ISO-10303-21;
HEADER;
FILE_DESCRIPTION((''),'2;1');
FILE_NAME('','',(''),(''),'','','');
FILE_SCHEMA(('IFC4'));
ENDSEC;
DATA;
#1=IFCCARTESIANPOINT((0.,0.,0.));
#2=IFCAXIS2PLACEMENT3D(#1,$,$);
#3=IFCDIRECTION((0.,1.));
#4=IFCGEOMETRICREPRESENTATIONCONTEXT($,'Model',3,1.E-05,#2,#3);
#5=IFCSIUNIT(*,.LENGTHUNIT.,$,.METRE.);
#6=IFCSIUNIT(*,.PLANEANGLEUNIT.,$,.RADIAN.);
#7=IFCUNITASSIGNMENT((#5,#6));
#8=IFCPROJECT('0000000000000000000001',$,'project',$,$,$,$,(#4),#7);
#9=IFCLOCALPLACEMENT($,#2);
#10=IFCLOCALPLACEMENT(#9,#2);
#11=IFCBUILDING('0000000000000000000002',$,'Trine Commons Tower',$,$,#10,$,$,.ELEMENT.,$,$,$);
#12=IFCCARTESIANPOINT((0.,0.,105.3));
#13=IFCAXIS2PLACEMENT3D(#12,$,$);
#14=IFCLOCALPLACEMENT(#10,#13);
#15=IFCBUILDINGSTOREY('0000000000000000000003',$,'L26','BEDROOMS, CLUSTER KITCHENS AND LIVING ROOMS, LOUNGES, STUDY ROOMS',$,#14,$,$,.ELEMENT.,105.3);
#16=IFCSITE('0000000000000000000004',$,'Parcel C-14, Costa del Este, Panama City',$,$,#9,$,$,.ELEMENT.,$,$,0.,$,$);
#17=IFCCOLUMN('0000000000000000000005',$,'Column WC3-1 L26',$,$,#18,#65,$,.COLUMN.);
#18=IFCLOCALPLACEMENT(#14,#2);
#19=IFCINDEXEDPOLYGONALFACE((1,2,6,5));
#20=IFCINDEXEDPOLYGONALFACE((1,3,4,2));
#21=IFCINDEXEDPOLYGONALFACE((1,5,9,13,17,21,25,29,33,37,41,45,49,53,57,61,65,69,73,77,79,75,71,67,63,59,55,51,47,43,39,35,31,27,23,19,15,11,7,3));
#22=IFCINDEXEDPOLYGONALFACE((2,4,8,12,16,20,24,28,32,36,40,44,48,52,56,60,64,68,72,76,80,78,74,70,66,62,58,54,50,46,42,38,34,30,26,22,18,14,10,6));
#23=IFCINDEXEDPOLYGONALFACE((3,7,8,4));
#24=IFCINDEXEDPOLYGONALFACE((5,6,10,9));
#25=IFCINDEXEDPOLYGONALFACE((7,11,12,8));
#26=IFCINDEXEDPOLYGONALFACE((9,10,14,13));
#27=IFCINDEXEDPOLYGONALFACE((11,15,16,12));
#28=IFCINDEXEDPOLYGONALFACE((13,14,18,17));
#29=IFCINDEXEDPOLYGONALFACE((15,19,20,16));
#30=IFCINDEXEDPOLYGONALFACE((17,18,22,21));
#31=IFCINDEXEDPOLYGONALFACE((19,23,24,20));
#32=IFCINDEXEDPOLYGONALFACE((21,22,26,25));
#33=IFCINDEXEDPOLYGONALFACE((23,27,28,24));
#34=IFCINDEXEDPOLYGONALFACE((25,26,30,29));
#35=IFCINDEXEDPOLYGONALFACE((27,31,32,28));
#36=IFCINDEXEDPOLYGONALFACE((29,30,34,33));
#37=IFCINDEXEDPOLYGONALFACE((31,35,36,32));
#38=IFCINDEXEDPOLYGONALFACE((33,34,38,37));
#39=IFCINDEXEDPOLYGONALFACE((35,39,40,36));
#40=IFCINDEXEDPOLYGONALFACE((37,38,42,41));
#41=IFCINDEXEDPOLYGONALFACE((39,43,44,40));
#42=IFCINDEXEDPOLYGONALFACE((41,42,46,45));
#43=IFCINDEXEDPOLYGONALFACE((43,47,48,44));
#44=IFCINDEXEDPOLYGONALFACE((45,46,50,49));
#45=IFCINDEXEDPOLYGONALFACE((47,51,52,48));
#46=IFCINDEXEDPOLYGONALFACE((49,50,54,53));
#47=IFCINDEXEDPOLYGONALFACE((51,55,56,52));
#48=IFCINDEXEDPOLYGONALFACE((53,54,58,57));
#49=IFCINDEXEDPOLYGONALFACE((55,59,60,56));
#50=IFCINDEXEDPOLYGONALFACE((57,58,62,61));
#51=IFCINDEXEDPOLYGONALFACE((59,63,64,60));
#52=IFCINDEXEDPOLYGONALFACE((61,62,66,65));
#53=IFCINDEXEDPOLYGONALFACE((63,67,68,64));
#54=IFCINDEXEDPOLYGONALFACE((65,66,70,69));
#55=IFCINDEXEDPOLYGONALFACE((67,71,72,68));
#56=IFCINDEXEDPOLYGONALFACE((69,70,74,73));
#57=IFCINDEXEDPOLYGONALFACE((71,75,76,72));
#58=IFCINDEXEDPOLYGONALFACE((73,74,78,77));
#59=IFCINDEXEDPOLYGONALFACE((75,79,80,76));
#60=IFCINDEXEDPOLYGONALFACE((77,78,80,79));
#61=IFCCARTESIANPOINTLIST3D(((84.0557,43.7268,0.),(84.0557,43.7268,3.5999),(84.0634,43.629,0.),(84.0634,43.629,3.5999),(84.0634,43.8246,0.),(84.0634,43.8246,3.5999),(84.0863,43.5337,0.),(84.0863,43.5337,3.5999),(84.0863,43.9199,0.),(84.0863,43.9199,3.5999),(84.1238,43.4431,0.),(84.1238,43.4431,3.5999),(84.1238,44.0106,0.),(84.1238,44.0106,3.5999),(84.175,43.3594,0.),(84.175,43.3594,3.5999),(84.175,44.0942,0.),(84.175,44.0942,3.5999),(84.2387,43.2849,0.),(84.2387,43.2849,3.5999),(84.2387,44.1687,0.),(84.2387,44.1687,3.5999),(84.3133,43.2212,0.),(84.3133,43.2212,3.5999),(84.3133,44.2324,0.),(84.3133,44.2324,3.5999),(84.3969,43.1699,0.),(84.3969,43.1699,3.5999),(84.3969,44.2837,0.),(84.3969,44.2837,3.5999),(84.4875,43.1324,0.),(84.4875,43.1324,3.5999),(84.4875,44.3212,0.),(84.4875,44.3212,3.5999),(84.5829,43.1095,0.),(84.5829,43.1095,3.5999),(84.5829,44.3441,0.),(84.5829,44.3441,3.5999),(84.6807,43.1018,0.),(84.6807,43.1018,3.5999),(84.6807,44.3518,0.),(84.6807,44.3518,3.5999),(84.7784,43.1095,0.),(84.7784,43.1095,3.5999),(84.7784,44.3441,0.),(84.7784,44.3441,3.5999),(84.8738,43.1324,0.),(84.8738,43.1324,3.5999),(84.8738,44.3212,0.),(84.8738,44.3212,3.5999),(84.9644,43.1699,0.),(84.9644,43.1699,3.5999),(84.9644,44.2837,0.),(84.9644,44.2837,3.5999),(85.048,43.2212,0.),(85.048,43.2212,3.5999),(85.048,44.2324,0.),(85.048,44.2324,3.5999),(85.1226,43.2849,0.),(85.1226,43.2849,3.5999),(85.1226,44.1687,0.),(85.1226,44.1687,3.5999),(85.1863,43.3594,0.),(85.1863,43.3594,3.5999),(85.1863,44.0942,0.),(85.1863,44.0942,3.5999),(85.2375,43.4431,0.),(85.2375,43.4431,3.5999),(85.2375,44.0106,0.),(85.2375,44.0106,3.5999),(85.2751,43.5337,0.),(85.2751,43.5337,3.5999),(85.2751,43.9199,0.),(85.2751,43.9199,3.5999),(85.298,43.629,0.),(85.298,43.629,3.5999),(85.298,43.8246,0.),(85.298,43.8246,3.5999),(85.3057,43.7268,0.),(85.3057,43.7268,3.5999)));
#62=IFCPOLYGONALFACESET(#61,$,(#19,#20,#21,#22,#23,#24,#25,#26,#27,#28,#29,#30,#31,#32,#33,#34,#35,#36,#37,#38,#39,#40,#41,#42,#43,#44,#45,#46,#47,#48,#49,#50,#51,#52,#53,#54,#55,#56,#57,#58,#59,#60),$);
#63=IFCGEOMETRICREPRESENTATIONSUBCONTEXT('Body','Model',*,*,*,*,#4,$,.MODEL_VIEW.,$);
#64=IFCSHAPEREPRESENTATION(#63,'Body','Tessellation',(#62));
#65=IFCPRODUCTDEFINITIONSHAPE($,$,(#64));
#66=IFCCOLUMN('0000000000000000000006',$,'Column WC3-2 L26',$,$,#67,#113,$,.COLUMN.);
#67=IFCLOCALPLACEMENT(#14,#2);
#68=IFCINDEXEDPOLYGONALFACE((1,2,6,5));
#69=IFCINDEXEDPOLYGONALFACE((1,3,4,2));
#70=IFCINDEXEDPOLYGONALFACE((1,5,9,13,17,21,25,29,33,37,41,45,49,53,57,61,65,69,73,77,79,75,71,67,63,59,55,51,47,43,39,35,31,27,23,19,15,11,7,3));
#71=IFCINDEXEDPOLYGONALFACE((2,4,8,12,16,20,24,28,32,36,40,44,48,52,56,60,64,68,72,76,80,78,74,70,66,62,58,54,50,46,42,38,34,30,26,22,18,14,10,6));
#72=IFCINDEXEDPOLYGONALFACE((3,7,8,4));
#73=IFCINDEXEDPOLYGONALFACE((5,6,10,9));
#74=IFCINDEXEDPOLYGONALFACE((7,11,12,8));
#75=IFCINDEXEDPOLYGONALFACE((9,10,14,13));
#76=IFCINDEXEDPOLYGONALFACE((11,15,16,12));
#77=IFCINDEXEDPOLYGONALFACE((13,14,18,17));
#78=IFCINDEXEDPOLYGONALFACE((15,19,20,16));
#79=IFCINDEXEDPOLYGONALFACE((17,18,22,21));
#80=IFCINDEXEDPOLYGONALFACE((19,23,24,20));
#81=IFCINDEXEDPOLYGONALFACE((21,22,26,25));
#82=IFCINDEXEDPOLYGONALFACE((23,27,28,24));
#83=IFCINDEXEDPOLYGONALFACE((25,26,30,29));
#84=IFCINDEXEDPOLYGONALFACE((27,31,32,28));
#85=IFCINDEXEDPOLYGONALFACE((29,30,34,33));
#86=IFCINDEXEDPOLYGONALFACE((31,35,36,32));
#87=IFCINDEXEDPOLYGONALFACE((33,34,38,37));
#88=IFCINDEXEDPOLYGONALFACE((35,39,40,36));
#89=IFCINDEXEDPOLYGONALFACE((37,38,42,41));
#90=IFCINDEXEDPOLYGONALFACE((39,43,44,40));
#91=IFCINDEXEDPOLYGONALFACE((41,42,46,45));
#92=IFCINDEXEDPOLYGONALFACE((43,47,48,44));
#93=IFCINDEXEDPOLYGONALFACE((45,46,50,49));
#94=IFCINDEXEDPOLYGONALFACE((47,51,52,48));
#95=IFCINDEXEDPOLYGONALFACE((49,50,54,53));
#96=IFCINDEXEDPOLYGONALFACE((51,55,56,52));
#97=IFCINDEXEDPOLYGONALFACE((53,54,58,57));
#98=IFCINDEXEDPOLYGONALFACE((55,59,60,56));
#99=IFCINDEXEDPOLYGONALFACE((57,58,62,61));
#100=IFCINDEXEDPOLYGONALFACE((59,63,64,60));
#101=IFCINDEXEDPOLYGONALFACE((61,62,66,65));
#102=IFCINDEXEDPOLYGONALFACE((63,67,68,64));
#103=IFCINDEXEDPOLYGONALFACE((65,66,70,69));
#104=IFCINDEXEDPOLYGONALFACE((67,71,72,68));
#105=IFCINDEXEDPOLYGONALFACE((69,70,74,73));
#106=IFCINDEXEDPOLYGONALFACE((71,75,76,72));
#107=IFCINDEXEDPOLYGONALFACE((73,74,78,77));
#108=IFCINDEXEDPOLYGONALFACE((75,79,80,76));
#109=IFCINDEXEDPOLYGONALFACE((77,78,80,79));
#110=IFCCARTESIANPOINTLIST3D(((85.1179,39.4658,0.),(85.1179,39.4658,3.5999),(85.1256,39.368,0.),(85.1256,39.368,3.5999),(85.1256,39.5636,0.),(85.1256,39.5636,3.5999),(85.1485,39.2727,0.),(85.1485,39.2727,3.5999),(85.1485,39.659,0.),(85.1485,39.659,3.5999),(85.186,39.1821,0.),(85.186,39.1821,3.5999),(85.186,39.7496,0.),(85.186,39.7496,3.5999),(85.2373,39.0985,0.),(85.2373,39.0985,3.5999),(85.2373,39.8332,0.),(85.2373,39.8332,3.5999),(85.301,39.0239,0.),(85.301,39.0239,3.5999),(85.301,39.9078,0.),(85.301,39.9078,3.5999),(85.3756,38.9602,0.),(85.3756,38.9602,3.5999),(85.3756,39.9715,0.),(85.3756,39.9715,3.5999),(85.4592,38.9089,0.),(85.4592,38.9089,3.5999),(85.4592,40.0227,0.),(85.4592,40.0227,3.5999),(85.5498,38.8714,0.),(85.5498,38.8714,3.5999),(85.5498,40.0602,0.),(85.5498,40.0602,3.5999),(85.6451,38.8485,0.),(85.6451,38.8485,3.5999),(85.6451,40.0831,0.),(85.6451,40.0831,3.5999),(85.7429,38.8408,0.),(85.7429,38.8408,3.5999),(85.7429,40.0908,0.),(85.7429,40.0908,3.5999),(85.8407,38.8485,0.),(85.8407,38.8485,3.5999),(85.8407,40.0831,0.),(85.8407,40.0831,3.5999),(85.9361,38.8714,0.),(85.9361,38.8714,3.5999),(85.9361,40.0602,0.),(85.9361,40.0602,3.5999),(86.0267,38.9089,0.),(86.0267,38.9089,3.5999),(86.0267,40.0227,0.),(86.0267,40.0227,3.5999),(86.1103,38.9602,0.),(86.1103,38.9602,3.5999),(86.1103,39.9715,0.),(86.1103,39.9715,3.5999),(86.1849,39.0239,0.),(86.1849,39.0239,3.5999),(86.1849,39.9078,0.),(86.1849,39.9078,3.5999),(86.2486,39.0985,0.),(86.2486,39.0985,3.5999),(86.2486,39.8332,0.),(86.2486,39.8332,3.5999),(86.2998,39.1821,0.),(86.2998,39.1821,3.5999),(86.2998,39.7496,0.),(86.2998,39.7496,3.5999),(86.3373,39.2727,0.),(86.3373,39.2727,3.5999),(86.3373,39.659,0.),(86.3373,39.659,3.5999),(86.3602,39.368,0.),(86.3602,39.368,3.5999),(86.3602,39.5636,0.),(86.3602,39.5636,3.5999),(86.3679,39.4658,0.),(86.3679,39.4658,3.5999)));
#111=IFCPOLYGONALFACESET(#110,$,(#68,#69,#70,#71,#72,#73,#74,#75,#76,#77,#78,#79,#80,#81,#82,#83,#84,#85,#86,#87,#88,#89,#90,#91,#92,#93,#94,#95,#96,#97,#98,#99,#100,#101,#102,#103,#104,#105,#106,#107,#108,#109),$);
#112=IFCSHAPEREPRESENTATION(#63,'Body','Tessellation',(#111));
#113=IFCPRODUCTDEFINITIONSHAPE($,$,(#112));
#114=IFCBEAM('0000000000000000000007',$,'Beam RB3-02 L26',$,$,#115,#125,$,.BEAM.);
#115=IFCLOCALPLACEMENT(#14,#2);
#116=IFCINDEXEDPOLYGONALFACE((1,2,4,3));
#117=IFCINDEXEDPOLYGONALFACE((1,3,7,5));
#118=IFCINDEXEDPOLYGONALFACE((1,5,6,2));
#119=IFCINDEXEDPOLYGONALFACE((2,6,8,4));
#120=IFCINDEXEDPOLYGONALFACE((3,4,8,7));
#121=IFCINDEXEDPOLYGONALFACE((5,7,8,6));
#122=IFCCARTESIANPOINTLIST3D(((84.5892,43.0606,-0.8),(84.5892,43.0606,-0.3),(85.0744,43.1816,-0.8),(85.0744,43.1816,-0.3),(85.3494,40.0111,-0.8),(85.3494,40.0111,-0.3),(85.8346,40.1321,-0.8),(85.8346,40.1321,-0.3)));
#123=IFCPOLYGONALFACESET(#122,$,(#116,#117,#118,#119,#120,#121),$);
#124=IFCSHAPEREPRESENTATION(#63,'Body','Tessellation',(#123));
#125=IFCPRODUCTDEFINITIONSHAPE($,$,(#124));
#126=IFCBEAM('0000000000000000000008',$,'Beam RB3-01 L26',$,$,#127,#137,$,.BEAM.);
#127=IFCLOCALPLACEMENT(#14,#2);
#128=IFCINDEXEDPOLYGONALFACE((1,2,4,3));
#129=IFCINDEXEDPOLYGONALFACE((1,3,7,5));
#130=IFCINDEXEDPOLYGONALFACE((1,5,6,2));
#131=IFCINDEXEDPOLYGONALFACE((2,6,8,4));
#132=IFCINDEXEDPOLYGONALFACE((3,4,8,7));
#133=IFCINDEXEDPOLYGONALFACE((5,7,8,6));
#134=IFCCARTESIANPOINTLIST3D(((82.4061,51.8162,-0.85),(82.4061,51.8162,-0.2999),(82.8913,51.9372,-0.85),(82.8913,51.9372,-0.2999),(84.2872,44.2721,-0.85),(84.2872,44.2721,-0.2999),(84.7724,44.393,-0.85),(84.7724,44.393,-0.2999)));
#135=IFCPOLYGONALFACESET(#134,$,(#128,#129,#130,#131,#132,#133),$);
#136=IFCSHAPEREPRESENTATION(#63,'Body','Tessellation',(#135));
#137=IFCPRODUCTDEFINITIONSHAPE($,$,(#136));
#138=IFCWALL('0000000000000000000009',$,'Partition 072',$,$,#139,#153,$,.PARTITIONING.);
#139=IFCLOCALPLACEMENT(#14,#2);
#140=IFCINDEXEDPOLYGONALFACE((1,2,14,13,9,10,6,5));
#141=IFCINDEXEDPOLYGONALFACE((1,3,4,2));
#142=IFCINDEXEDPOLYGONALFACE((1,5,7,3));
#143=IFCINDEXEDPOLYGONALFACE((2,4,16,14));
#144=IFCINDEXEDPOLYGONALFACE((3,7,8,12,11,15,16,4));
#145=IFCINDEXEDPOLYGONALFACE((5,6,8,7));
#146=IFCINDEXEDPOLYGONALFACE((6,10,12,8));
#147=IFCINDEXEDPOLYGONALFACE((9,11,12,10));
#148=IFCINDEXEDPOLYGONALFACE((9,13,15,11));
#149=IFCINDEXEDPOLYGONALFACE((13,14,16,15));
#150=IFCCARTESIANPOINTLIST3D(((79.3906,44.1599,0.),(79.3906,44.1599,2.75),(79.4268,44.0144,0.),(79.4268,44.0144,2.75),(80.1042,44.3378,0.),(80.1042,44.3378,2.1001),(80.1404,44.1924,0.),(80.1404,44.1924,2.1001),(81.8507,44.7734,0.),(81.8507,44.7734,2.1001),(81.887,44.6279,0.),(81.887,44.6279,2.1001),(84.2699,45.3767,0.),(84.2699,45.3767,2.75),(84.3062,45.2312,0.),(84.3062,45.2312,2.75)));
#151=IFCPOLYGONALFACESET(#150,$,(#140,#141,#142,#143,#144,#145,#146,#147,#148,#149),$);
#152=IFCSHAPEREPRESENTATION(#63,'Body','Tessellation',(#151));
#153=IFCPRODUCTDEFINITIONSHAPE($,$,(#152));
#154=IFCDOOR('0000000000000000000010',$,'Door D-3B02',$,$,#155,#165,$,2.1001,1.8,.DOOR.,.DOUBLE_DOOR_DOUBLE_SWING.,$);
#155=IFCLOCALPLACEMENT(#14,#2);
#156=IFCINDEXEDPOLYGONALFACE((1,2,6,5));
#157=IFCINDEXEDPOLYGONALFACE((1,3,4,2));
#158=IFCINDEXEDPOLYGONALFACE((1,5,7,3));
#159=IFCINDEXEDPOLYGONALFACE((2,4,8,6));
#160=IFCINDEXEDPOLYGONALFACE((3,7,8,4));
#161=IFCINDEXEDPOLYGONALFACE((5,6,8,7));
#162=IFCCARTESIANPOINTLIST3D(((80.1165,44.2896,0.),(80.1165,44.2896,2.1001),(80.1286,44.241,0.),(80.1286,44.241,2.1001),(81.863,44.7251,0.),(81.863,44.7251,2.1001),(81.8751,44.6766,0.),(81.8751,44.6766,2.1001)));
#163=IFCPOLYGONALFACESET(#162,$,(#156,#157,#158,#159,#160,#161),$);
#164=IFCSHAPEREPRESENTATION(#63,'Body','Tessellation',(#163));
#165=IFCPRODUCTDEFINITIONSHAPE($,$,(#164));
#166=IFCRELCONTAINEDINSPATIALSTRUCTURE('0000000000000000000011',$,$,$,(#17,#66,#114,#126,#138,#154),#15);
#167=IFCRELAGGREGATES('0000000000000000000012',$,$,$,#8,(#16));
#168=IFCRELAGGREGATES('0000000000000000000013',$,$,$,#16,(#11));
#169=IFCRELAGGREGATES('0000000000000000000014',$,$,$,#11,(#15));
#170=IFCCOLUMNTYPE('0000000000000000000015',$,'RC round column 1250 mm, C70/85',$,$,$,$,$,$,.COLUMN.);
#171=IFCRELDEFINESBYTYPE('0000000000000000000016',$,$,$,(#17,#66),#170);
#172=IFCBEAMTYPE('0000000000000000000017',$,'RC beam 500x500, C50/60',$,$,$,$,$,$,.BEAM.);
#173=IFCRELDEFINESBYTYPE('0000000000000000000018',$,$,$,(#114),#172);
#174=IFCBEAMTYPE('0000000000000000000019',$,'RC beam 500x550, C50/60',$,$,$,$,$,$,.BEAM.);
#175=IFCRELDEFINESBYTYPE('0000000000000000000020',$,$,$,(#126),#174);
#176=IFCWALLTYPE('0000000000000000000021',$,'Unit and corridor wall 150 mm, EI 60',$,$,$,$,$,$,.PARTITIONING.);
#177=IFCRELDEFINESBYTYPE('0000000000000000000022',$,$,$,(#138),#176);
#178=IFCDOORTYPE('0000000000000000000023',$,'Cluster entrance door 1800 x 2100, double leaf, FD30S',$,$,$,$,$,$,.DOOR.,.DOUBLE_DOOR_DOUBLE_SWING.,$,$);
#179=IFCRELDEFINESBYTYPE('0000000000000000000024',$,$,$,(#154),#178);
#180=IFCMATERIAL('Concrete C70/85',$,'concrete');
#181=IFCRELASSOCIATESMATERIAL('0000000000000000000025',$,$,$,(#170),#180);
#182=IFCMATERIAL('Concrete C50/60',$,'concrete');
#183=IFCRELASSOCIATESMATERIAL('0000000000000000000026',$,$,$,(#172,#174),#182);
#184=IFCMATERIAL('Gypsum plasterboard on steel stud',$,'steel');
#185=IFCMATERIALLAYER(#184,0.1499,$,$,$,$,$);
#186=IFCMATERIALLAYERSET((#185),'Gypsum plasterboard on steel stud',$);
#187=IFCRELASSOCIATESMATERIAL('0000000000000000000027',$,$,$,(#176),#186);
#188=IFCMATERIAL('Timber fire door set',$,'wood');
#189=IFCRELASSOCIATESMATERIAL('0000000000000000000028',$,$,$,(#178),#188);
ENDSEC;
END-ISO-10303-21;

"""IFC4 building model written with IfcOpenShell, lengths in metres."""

from ifc_helpers import new_model, si_unit, direction, frame, frame_2d, origin, origin_2d, place, context, subcontext, project, spatial, rectangle, circle, extrude, material, layer, layer_set, material_profile, profile_set, type_object, element, fill, save


model = new_model("IFC4")

# Units and contexts
model_context = context("Model", 3, precision=1e-05, world=origin(), true_north=direction((0.0, 1.0)))
body_context = subcontext(model_context, "Body", "Model", "MODEL_VIEW")
ifc_project = project(units=[si_unit("LENGTHUNIT", "METRE"), si_unit("PLANEANGLEUNIT", "RADIAN")], contexts=[model_context])

# Site, building, storey
site_placement = place(None, origin())
site = spatial("IfcSite", under=ifc_project, at=site_placement, Name="Parcel C-14, Costa del Este, Panama City", CompositionType="ELEMENT", RefElevation=0.0)
building_placement = place(site_placement, origin())
building = spatial("IfcBuilding", under=site, at=building_placement, Name="Trine Commons Tower", CompositionType="ELEMENT")
storey_placement = place(building_placement, frame((0.0, 0.0, 105.3)))
storey = spatial("IfcBuildingStorey", under=building, at=storey_placement, Name="L26", Description="BEDROOMS, CLUSTER KITCHENS AND LIVING ROOMS, LOUNGES, STUDY ROOMS", CompositionType="ELEMENT", Elevation=105.3)

# Columns
ifc_material_1 = material(Name="Concrete C70/85", Category="concrete")
ifc_material_profile_1 = material_profile(ifc_material_1, circle(Radius=0.625, at=origin_2d()), Name="RC round 1250")
ifc_profile_set_1 = profile_set([ifc_material_profile_1], Name="Concrete C70/85")
column_type = type_object("IfcColumnType", Name="RC round column 1250 mm, C70/85", PredefinedType="COLUMN", material=ifc_profile_set_1)
for number, where, z_axis, x_axis, name in (
    (1, (84.6807, 43.7268, 0.0), (0.0, 0.0, 1.0), (1.0, 0.0, 0.0), "Column WC3-1 L26"),
    (2, (85.7429, 39.4658, 0.0), (0.0, 0.0, 1.0), (1.0, 0.0, 0.0), "Column WC3-2 L26"),
):
    element("IfcColumn", number, at=place(storey_placement, frame(where, z_axis=z_axis, x_axis=x_axis)), inside=storey, type_object=column_type, Name=name, PredefinedType="COLUMN", context=body_context, shape_type="SweptSolid", body=[
        extrude(circle(Radius=0.625, at=origin_2d()), origin(), (0.0, 0.0, 1.0), 3.5999),
    ])

# Beams
ifc_material_2 = material(Name="Concrete C50/60", Category="concrete")
ifc_material_profile_2 = material_profile(ifc_material_2, rectangle(XDim=0.5, YDim=0.5, at=origin_2d()), Name="RC 500x500")
ifc_profile_set_2 = profile_set([ifc_material_profile_2], Name="Concrete C50/60")
beam_type_1 = type_object("IfcBeamType", Name="RC beam 500x500, C50/60", PredefinedType="BEAM", material=ifc_profile_set_2)
beam_1_placement = place(storey_placement, frame((84.8318, 43.1211, -0.55), z_axis=(0.241896, -0.970302, 0.0), x_axis=(0.970302, 0.241896, 0.0)))
element("IfcBeam", 3, at=beam_1_placement, inside=storey, type_object=beam_type_1, Name="Beam RB3-02 L26", PredefinedType="BEAM", context=body_context, shape_type="SweptSolid", body=[
    extrude(rectangle(XDim=0.5, YDim=0.5, at=origin_2d()), origin(), (0.0, 0.0, 1.0), 3.1428),
])
ifc_material_profile_3 = material_profile(ifc_material_2, rectangle(XDim=0.5, YDim=0.55, at=origin_2d()), Name="RC 500x550")
ifc_profile_set_3 = profile_set([ifc_material_profile_3], Name="Concrete C50/60")
beam_type_2 = type_object("IfcBeamType", Name="RC beam 500x550, C50/60", PredefinedType="BEAM", material=ifc_profile_set_3)
beam_2_placement = place(storey_placement, frame((82.6487, 51.8767, -0.575), z_axis=(0.241937, -0.970292, 0.0), x_axis=(0.970292, 0.241937, 0.0)))
element("IfcBeam", 4, at=beam_2_placement, inside=storey, type_object=beam_type_2, Name="Beam RB3-01 L26", PredefinedType="BEAM", context=body_context, shape_type="SweptSolid", body=[
    extrude(rectangle(XDim=0.5, YDim=0.55, at=origin_2d()), origin(), (0.0, 0.0, 1.0), 7.7751),
])

# Wall, opening, door
ifc_material_3 = material(Name="Gypsum plasterboard on steel stud", Category="steel")
ifc_layer = layer(ifc_material_3, 0.1499)
ifc_layer_set = layer_set([ifc_layer], Name="Gypsum plasterboard on steel stud")
wall_type = type_object("IfcWallType", Name="Unit and corridor wall 150 mm, EI 60", PredefinedType="PARTITIONING", material=ifc_layer_set)
wall_1_placement = place(storey_placement, frame((79.4087, 44.0872, 0.0), z_axis=(0.0, 0.0, 1.0), x_axis=(0.970285, 0.241964, 0.0)))
wall_1 = element("IfcWall", 5, at=wall_1_placement, inside=storey, type_object=wall_type, Name="Partition 072", PredefinedType="PARTITIONING", context=body_context, shape_type="SweptSolid", body=[
    extrude(rectangle(XDim=5.0288, YDim=0.1499, at=frame_2d((2.5144, 0.0))), origin(), (0.0, 0.0, 1.0), 2.75),
])
opening_1_placement = place(wall_1_placement, frame((0.7356, 0.0, 0.0)))
opening_1 = element("IfcOpeningElement", 6, at=opening_1_placement, cuts=wall_1, PredefinedType="OPENING", context=body_context, shape_type="SweptSolid", body=[
    extrude(rectangle(XDim=1.8, YDim=2.1001, at=frame_2d((0.8999, 1.05))), frame((0.0, 0.085, 0.0), z_axis=(0.0, -1.0, 0.0), x_axis=(1.0, 0.0, 0.0)), (0.0, 0.0, 1.0), 0.1699),
])
ifc_material_4 = material(Name="Timber fire door set", Category="wood")
door_type_1 = type_object("IfcDoorType", Name="Cluster entrance door 1800 x 2100, double leaf, FD30S", OperationType="DOUBLE_DOOR_DOUBLE_SWING", PredefinedType="DOOR", material=ifc_material_4)
door_1_placement = place(opening_1_placement, frame((1.8, 0.0, 0.0), z_axis=(0.0, 0.0, 1.0), x_axis=(-1.0, 0.0, 0.0)))
door_1 = element("IfcDoor", 7, at=door_1_placement, inside=storey, type_object=door_type_1, Name="Door D-3B02", OperationType="DOUBLE_DOOR_DOUBLE_SWING", OverallHeight=2.1001, OverallWidth=1.8, PredefinedType="DOOR", context=body_context, shape_type="SweptSolid", body=[
    extrude(rectangle(XDim=1.8, YDim=2.1001, at=frame_2d((0.8999, 1.05))), frame((0.0, 0.0249, 0.0), z_axis=(0.0, -1.0, 0.0), x_axis=(1.0, 0.0, 0.0)), (0.0, 0.0, 1.0), 0.05),
])
fill(opening_1, door_1)

save(model, "model.ifc")
